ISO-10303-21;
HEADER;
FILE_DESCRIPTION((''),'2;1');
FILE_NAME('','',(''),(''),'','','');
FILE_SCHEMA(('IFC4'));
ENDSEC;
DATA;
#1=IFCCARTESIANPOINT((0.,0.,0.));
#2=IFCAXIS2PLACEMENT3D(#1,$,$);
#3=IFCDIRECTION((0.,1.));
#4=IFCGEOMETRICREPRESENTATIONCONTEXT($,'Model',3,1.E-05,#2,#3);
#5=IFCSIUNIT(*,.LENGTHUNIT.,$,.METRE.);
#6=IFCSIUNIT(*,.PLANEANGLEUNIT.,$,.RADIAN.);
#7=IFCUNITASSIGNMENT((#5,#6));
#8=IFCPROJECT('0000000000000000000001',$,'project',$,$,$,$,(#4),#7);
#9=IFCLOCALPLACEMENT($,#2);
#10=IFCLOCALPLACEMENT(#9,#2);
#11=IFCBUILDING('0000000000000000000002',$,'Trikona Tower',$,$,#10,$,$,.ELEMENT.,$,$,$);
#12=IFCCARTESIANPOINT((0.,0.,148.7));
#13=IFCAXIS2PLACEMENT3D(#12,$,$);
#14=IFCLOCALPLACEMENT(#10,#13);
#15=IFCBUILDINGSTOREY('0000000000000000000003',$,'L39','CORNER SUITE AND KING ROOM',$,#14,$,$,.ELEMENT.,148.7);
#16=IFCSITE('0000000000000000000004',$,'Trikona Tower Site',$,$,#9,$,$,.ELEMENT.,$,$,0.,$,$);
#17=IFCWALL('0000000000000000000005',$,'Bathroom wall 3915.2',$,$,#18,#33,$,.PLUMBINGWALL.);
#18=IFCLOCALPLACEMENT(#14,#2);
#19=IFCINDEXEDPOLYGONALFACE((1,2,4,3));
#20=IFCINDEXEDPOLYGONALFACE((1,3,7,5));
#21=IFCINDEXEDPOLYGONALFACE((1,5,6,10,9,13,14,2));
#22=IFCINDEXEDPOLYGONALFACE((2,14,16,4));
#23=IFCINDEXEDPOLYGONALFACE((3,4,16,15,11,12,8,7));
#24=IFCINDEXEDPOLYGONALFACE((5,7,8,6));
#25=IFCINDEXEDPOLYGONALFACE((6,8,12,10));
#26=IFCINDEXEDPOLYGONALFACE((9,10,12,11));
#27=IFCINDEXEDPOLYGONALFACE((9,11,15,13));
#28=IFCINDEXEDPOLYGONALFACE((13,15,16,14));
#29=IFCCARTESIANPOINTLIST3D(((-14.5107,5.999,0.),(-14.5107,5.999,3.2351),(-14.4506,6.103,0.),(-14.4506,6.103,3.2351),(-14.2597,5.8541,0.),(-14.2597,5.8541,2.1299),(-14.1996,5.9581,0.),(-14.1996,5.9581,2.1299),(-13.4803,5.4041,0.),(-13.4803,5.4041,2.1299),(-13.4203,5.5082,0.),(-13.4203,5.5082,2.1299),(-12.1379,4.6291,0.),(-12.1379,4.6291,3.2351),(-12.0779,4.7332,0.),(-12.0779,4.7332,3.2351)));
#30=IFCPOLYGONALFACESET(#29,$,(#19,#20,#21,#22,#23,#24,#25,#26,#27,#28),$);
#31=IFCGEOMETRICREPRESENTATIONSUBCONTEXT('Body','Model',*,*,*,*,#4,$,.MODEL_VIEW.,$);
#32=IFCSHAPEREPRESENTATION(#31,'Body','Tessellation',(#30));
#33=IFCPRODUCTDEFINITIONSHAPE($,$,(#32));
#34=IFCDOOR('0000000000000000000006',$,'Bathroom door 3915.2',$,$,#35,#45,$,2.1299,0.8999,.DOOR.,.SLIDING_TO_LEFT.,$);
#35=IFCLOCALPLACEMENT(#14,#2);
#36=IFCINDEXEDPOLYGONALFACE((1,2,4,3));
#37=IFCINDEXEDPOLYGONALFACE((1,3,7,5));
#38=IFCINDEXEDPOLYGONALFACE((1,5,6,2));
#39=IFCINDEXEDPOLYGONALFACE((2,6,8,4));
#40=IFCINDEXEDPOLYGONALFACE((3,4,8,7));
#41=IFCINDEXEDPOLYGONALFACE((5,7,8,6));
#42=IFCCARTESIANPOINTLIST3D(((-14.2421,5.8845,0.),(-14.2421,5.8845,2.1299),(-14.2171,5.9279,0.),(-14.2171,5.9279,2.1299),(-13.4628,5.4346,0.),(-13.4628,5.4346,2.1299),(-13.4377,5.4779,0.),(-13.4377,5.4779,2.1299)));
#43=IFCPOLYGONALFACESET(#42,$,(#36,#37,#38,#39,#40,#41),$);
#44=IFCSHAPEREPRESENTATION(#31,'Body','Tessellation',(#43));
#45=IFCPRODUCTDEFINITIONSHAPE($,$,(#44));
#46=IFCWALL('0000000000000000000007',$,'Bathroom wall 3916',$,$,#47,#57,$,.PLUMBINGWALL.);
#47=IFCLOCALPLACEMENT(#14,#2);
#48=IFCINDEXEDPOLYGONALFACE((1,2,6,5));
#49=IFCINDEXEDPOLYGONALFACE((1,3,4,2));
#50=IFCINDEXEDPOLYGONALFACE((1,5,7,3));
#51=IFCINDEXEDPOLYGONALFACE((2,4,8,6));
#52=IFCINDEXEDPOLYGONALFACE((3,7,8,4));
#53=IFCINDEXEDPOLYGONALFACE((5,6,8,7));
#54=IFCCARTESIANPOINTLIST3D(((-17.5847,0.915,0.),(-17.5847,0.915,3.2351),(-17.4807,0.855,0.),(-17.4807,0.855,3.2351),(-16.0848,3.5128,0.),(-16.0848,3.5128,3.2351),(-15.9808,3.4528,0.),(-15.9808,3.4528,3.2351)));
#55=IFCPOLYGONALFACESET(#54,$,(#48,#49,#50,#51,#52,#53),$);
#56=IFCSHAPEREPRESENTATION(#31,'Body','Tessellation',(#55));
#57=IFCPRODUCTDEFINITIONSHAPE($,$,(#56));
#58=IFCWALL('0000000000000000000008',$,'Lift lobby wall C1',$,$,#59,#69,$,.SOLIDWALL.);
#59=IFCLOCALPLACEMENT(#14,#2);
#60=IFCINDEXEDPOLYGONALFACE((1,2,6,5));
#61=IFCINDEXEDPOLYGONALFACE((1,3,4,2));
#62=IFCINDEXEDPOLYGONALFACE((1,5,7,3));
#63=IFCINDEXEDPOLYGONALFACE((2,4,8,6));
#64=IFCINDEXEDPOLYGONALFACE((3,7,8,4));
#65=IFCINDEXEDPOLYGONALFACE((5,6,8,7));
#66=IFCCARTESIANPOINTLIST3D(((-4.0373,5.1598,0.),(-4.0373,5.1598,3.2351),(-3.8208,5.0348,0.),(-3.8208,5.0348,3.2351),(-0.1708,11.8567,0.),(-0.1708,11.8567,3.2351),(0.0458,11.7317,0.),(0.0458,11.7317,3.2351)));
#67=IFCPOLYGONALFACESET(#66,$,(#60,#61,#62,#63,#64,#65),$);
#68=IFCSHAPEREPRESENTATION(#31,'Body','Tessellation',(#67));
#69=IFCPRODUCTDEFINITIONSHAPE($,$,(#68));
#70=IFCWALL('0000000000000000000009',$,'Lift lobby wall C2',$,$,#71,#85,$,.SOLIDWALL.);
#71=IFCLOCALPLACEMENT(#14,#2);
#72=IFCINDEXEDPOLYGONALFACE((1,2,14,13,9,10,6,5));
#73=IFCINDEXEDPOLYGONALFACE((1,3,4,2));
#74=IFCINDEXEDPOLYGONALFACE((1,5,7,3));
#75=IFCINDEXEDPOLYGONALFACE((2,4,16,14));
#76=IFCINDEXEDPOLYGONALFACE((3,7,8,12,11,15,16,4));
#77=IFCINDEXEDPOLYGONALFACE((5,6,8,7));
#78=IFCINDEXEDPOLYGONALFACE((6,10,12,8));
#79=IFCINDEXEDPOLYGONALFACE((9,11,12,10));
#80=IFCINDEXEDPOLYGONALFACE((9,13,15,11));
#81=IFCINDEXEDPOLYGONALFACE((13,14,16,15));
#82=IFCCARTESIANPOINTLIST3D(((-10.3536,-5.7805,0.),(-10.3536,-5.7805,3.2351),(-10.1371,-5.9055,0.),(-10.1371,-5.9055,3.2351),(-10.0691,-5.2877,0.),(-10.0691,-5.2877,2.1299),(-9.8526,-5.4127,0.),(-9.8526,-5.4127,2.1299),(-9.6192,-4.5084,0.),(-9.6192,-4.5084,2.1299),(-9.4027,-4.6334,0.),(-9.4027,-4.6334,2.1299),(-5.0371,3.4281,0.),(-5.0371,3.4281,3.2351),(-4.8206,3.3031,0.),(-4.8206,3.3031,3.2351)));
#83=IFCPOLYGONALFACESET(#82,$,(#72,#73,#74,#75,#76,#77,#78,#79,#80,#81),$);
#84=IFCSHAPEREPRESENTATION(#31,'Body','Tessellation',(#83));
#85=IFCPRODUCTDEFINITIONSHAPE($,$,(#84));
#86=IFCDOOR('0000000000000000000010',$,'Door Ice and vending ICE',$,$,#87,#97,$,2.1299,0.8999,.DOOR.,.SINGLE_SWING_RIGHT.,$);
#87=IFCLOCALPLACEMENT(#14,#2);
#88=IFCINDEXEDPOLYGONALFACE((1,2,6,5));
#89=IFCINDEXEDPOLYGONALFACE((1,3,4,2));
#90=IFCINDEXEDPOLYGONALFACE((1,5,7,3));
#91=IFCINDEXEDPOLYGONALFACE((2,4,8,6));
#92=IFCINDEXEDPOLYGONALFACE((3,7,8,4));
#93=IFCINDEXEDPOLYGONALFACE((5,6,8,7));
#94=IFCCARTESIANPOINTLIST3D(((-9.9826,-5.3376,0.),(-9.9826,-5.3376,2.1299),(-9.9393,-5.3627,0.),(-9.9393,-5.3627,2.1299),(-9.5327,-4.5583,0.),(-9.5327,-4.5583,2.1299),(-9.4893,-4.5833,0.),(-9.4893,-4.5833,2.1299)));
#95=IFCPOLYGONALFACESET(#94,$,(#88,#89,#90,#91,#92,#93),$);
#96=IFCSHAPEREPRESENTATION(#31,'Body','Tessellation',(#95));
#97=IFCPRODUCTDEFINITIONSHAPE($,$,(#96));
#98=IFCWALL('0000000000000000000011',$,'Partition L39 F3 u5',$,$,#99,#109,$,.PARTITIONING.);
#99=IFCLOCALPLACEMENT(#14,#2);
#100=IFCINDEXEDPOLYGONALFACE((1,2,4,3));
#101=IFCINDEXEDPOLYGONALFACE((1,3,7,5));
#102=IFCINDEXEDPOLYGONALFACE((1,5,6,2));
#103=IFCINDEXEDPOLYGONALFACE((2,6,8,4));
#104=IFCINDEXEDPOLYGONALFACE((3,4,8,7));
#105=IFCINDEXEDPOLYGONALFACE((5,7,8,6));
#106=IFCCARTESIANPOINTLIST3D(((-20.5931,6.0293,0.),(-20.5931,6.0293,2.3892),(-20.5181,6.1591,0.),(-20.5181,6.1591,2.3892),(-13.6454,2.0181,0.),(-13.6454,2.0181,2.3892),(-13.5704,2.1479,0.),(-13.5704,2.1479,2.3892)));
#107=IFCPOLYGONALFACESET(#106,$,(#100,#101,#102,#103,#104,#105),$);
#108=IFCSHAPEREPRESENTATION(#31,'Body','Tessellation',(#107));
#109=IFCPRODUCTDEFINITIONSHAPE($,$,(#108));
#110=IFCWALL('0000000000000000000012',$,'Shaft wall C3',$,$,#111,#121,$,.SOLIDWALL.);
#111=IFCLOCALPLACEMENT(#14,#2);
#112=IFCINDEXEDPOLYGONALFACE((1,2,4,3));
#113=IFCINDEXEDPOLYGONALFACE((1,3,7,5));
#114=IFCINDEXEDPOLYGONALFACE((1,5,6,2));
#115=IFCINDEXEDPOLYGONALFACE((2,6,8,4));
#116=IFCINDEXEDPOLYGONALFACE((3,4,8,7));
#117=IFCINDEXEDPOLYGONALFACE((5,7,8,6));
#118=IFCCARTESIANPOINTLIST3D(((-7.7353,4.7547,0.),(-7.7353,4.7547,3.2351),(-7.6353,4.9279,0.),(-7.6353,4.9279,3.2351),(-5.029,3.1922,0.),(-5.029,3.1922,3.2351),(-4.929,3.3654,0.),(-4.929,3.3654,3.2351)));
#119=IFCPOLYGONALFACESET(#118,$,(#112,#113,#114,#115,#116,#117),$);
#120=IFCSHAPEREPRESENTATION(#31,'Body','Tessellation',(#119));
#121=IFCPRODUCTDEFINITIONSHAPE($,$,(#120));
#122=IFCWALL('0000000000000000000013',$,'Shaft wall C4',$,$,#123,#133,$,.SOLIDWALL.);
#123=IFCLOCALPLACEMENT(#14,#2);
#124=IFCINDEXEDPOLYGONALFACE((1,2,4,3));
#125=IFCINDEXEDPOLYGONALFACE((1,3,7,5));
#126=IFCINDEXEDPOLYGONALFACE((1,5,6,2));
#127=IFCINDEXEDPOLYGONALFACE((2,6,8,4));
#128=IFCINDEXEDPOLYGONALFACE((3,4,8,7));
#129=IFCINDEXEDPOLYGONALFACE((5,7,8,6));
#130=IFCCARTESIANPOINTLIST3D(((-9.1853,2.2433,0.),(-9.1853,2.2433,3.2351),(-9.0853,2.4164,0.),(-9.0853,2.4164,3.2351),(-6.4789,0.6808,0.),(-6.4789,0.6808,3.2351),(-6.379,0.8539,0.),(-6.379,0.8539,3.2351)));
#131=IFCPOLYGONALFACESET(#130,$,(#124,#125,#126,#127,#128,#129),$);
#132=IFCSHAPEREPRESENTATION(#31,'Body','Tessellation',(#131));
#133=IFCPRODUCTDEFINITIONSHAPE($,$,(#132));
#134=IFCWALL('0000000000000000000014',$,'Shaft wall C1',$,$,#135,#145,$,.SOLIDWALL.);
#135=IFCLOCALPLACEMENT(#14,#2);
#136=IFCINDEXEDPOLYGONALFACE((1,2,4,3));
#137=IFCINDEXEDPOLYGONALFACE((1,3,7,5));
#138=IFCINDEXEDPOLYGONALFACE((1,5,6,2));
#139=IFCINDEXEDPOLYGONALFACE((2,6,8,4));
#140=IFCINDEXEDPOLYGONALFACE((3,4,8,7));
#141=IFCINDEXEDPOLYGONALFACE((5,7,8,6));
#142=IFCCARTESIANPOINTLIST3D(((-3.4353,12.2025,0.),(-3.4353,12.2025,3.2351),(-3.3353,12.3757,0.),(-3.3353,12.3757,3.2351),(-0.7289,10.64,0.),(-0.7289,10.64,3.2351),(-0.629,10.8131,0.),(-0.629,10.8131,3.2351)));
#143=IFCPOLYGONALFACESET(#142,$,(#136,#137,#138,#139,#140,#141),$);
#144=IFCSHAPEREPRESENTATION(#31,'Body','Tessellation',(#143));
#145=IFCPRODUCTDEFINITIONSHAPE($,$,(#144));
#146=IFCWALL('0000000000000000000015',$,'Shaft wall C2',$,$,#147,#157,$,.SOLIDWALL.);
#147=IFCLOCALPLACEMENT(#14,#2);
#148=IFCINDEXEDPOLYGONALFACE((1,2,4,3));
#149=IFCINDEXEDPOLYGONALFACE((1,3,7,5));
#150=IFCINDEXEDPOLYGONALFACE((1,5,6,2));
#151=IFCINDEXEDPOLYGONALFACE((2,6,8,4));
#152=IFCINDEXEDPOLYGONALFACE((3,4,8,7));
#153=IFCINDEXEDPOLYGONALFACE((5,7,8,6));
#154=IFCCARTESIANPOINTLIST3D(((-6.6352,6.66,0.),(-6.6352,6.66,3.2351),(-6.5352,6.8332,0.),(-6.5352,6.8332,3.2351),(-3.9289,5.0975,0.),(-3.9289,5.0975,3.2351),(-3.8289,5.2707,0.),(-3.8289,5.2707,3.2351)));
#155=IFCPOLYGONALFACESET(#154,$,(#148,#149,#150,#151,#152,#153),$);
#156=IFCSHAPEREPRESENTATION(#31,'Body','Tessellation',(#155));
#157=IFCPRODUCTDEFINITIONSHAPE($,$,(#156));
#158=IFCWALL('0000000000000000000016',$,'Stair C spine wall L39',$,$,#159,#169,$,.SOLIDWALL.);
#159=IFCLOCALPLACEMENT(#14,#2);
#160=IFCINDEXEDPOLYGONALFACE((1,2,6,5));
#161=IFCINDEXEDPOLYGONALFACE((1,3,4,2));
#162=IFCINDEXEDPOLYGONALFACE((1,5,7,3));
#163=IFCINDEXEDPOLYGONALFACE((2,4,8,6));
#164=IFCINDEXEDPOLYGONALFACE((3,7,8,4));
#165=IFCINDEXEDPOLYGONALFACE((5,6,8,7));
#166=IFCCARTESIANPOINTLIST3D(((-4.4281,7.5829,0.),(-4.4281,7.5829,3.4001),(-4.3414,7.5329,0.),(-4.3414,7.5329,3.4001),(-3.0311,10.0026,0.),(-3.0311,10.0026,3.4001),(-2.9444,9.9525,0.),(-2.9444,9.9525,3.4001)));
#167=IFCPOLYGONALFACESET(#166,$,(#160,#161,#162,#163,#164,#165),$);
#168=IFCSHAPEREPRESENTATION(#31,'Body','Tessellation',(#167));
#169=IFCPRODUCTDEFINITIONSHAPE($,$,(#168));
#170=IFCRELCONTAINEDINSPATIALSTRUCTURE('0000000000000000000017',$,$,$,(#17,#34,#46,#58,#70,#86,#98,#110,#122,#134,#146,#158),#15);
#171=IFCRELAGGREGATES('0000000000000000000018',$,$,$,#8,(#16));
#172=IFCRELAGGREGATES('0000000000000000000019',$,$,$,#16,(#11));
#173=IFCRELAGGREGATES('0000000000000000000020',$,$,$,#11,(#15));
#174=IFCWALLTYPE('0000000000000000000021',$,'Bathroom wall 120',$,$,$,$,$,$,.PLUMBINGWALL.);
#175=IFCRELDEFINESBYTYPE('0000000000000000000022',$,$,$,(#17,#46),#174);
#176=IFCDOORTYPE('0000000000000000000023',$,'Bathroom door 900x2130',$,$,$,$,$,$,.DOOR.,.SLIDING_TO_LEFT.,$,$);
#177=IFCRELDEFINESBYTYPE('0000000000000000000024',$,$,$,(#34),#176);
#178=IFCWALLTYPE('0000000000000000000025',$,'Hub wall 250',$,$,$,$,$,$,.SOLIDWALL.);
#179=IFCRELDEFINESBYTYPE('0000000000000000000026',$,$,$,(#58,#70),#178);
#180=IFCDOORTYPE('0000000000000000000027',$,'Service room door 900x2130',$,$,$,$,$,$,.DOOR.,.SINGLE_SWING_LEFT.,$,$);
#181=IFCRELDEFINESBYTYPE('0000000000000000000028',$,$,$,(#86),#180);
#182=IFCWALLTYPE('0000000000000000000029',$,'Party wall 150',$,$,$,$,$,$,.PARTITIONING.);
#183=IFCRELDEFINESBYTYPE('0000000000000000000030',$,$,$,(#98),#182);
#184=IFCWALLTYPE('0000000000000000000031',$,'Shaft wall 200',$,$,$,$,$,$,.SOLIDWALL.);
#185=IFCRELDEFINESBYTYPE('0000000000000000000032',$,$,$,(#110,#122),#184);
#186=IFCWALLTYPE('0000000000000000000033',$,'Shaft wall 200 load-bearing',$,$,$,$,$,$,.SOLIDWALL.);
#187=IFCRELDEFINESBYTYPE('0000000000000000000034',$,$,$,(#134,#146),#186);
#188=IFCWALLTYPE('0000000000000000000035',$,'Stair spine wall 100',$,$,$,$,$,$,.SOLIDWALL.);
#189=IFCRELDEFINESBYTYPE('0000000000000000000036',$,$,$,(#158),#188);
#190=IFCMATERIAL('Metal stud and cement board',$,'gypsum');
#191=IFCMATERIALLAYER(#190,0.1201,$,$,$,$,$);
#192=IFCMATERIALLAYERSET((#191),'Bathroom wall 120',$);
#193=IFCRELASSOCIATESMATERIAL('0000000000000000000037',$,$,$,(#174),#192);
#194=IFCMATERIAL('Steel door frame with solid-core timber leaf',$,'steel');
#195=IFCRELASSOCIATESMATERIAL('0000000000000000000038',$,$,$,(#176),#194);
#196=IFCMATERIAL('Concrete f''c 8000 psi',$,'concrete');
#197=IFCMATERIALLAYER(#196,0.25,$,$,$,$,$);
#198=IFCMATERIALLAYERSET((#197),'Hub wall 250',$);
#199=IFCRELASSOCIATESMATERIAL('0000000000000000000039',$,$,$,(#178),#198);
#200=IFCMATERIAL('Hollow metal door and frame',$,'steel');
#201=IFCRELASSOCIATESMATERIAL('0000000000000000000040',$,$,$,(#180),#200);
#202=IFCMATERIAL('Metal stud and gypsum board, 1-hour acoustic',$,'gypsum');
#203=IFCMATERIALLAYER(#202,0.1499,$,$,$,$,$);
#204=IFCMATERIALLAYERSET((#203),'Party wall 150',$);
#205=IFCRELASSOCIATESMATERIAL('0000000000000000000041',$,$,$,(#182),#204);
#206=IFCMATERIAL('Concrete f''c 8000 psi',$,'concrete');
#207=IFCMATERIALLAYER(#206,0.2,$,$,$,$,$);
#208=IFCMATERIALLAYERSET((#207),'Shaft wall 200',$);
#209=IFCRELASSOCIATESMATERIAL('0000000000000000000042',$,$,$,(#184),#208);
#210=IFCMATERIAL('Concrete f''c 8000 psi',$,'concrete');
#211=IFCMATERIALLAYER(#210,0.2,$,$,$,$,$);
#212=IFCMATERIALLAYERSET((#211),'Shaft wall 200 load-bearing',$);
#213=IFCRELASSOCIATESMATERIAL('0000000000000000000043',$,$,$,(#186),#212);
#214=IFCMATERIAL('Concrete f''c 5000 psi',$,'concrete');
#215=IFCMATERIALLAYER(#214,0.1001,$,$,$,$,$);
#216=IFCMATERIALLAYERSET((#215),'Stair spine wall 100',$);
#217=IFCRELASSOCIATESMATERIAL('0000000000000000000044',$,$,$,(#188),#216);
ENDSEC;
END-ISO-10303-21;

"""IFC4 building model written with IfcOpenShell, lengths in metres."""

from ifc_helpers import new_model, si_unit, direction, frame, frame_2d, origin, place, context, subcontext, project, spatial, rectangle, extrude, material, layer, layer_set, type_object, element, fill, save


model = new_model("IFC4")

# Units and contexts
model_context = context("Model", 3, precision=1e-05, world=origin(), true_north=direction((0.0, 1.0)))
body_context = subcontext(model_context, "Body", "Model", "MODEL_VIEW")
ifc_project = project(units=[si_unit("LENGTHUNIT", "METRE"), si_unit("PLANEANGLEUNIT", "RADIAN")], contexts=[model_context])

# Site, building, storey
site_placement = place(None, origin())
site = spatial("IfcSite", under=ifc_project, at=site_placement, Name="Trikona Tower Site", CompositionType="ELEMENT", RefElevation=0.0)
building_placement = place(site_placement, origin())
building = spatial("IfcBuilding", under=site, at=building_placement, Name="Trikona Tower", CompositionType="ELEMENT")
storey_placement = place(building_placement, frame((0.0, 0.0, 148.7)))
storey = spatial("IfcBuildingStorey", under=building, at=storey_placement, Name="L39", Description="CORNER SUITE AND KING ROOM", CompositionType="ELEMENT", Elevation=148.7)

# Shared definitions
ifc_material_1 = material(Name="Metal stud and cement board", Category="gypsum")
ifc_layer_1 = layer(ifc_material_1, 0.1201)
ifc_layer_set_1 = layer_set([ifc_layer_1], Name="Bathroom wall 120")
wall_type_1 = type_object("IfcWallType", Name="Bathroom wall 120", PredefinedType="PLUMBINGWALL", material=ifc_layer_set_1)
ifc_material_2 = material(Name="Steel door frame with solid-core timber leaf", Category="steel")
door_type_1 = type_object("IfcDoorType", Name="Bathroom door 900x2130", OperationType="SLIDING_TO_LEFT", PredefinedType="DOOR", material=ifc_material_2)

# Wall, opening, door
wall_1_placement = place(storey_placement, frame((-12.1079, 4.6812, 0.0), z_axis=(0.0, 0.0, 1.0), x_axis=(-0.866036, 0.499982, 0.0)))
wall_1 = element("IfcWall", 1, at=wall_1_placement, inside=storey, type_object=wall_type_1, Name="Bathroom wall 3915.2", PredefinedType="PLUMBINGWALL", context=body_context, shape_type="SweptSolid", body=[
    extrude(rectangle(XDim=2.7397, YDim=0.1201, at=frame_2d((1.3699, 0.0))), origin(), (0.0, 0.0, 1.0), 3.2351),
])
opening_1_placement = place(wall_1_placement, frame((1.55, 0.0, 0.0)))
opening_1 = element("IfcOpeningElement", 2, at=opening_1_placement, cuts=wall_1, PredefinedType="OPENING", context=body_context, shape_type="SweptSolid", body=[
    extrude(rectangle(XDim=0.8999, YDim=2.1299, at=frame_2d((0.45, 1.0649))), frame((0.0, 0.0701, 0.0), z_axis=(0.0, -1.0, 0.0), x_axis=(1.0, 0.0, 0.0)), (0.0, 0.0, 1.0), 0.1401),
])
door_1_placement = place(opening_1_placement, origin())
door_1 = element("IfcDoor", 3, at=door_1_placement, inside=storey, type_object=door_type_1, Name="Bathroom door 3915.2", OperationType="SLIDING_TO_LEFT", OverallHeight=2.1299, OverallWidth=0.8999, PredefinedType="DOOR", context=body_context, shape_type="SweptSolid", body=[
    extrude(rectangle(XDim=0.8999, YDim=2.1299, at=frame_2d((0.45, 1.0649))), frame((0.0, 0.0249, 0.0), z_axis=(0.0, -1.0, 0.0), x_axis=(1.0, 0.0, 0.0)), (0.0, 0.0, 1.0), 0.05),
])
fill(opening_1, door_1)

# Walls
wall_2_placement = place(storey_placement, frame((-16.0327, 3.4829, 0.0), z_axis=(0.0, 0.0, 1.0), x_axis=(-0.500025, -0.866011, 0.0)))
element("IfcWall", 4, at=wall_2_placement, inside=storey, type_object=wall_type_1, Name="Bathroom wall 3916", PredefinedType="PLUMBINGWALL", context=body_context, shape_type="SweptSolid", body=[
    extrude(rectangle(XDim=2.9998, YDim=0.1201, at=frame_2d((1.5, 0.0))), origin(), (0.0, 0.0, 1.0), 3.2351),
])
ifc_material_3 = material(Name="Concrete f'c 8000 psi", Category="concrete")
ifc_layer_2 = layer(ifc_material_3, 0.25)
ifc_layer_set_2 = layer_set([ifc_layer_2], Name="Hub wall 250")
wall_type_2 = type_object("IfcWallType", Name="Hub wall 250", PredefinedType="SOLIDWALL", material=ifc_layer_set_2)
wall_3_placement = place(storey_placement, frame((-0.0625, 11.7942, 0.0), z_axis=(0.0, 0.0, 1.0), x_axis=(-0.500007, -0.866022, 0.0)))
element("IfcWall", 5, at=wall_3_placement, inside=storey, type_object=wall_type_2, Name="Lift lobby wall C1", PredefinedType="SOLIDWALL", context=body_context, shape_type="SweptSolid", body=[
    extrude(rectangle(XDim=7.7329, YDim=0.25, at=frame_2d((3.8665, 0.0))), origin(), (0.0, 0.0, 1.0), 3.2351),
])

# Wall, opening, door
wall_4_placement = place(storey_placement, frame((-4.929, 3.3655, 0.0), z_axis=(0.0, 0.0, 1.0), x_axis=(-0.499991, -0.86603, 0.0)))
wall_4 = element("IfcWall", 6, at=wall_4_placement, inside=storey, type_object=wall_type_2, Name="Lift lobby wall C2", PredefinedType="SOLIDWALL", context=body_context, shape_type="SweptSolid", body=[
    extrude(rectangle(XDim=10.6331, YDim=0.25, at=frame_2d((5.3164, 0.0))), origin(), (0.0, 0.0, 1.0), 3.2351),
])
opening_2_placement = place(wall_4_placement, frame((9.1641, 0.0, 0.0)))
opening_2 = element("IfcOpeningElement", 7, at=opening_2_placement, cuts=wall_4, PredefinedType="OPENING", context=body_context, shape_type="SweptSolid", body=[
    extrude(rectangle(XDim=0.8999, YDim=2.1299, at=frame_2d((0.45, 1.0649))), frame((0.0, 0.135, 0.0), z_axis=(0.0, -1.0, 0.0), x_axis=(1.0, 0.0, 0.0)), (0.0, 0.0, 1.0), 0.27),
])
ifc_material_4 = material(Name="Hollow metal door and frame", Category="steel")
door_type_2 = type_object("IfcDoorType", Name="Service room door 900x2130", OperationType="SINGLE_SWING_LEFT", PredefinedType="DOOR", material=ifc_material_4)
door_2_placement = place(opening_2_placement, origin())
door_2 = element("IfcDoor", 8, at=door_2_placement, inside=storey, type_object=door_type_2, Name="Door Ice and vending ICE", OperationType="SINGLE_SWING_RIGHT", OverallHeight=2.1299, OverallWidth=0.8999, PredefinedType="DOOR", context=body_context, shape_type="SweptSolid", body=[
    extrude(rectangle(XDim=0.8999, YDim=2.1299, at=frame_2d((0.45, 1.0649))), frame((0.0, 0.0249, 0.0), z_axis=(0.0, -1.0, 0.0), x_axis=(1.0, 0.0, 0.0)), (0.0, 0.0, 1.0), 0.05),
])
fill(opening_2, door_2)

# Walls
ifc_material_5 = material(Name="Metal stud and gypsum board, 1-hour acoustic", Category="gypsum")
ifc_layer_3 = layer(ifc_material_5, 0.1499)
ifc_layer_set_3 = layer_set([ifc_layer_3], Name="Party wall 150")
wall_type_3 = type_object("IfcWallType", Name="Party wall 150", PredefinedType="PARTITIONING", material=ifc_layer_set_3)
wall_5_placement = place(storey_placement, frame((-13.6079, 2.083, 0.0), z_axis=(0.0, 0.0, 1.0), x_axis=(-0.866028, 0.499995, 0.0)))
element("IfcWall", 9, at=wall_5_placement, inside=storey, type_object=wall_type_3, Name="Partition L39 F3 u5", PredefinedType="PARTITIONING", context=body_context, shape_type="SweptSolid", body=[
    extrude(rectangle(XDim=8.0225, YDim=0.1499, at=frame_2d((4.0112, 0.0))), origin(), (0.0, 0.0, 1.0), 2.3892),
])
ifc_material_6 = material(Name="Concrete f'c 8000 psi", Category="concrete")
ifc_layer_4 = layer(ifc_material_6, 0.2)
ifc_layer_set_4 = layer_set([ifc_layer_4], Name="Shaft wall 200")
wall_type_4 = type_object("IfcWallType", Name="Shaft wall 200", PredefinedType="SOLIDWALL", material=ifc_layer_set_4)
for number, where, z_axis, x_axis, name in (
    (10, (-4.979, 3.2788, 0.0), (0.0, 0.0, 1.0), (-0.866023, 0.500004, 0.0), "Shaft wall C3"),
    (11, (-6.429, 0.7673, 0.0), (0.0, 0.0, 1.0), (-0.866023, 0.500004, 0.0), "Shaft wall C4"),
):
    element("IfcWall", number, at=place(storey_placement, frame(where, z_axis=z_axis, x_axis=x_axis)), inside=storey, type_object=wall_type_4, Name=name, PredefinedType="SOLIDWALL", context=body_context, shape_type="SweptSolid", body=[
        extrude(rectangle(XDim=3.125, YDim=0.2, at=frame_2d((1.5625, 0.0))), origin(), (0.0, 0.0, 1.0), 3.2351),
    ])
ifc_material_7 = material(Name="Concrete f'c 8000 psi", Category="concrete")
ifc_layer_5 = layer(ifc_material_7, 0.2)
ifc_layer_set_5 = layer_set([ifc_layer_5], Name="Shaft wall 200 load-bearing")
wall_type_5 = type_object("IfcWallType", Name="Shaft wall 200 load-bearing", PredefinedType="SOLIDWALL", material=ifc_layer_set_5)
for number, where, z_axis, x_axis, name in (
    (12, (-0.679, 10.7266, 0.0), (0.0, 0.0, 1.0), (-0.866023, 0.500004, 0.0), "Shaft wall C1"),
    (13, (-3.8789, 5.1841, 0.0), (0.0, 0.0, 1.0), (-0.866023, 0.500004, 0.0), "Shaft wall C2"),
):
    element("IfcWall", number, at=place(storey_placement, frame(where, z_axis=z_axis, x_axis=x_axis)), inside=storey, type_object=wall_type_5, Name=name, PredefinedType="SOLIDWALL", context=body_context, shape_type="SweptSolid", body=[
        extrude(rectangle(XDim=3.125, YDim=0.2, at=frame_2d((1.5625, 0.0))), origin(), (0.0, 0.0, 1.0), 3.2351),
    ])
ifc_material_8 = material(Name="Concrete f'c 5000 psi", Category="concrete")
ifc_layer_6 = layer(ifc_material_8, 0.1001)
ifc_layer_set_6 = layer_set([ifc_layer_6], Name="Stair spine wall 100")
wall_type_6 = type_object("IfcWallType", Name="Stair spine wall 100", PredefinedType="SOLIDWALL", material=ifc_layer_set_6)
wall_6_placement = place(storey_placement, frame((-2.9878, 9.9775, 0.0), z_axis=(0.0, 0.0, 1.0), x_axis=(-0.499992, -0.86603, 0.0)))
element("IfcWall", 14, at=wall_6_placement, inside=storey, type_object=wall_type_6, Name="Stair C spine wall L39", PredefinedType="SOLIDWALL", context=body_context, shape_type="SweptSolid", body=[
    extrude(rectangle(XDim=2.7939, YDim=0.1001, at=frame_2d((1.397, 0.0))), origin(), (0.0, 0.0, 1.0), 3.4001),
])

save(model, "model.ifc")
